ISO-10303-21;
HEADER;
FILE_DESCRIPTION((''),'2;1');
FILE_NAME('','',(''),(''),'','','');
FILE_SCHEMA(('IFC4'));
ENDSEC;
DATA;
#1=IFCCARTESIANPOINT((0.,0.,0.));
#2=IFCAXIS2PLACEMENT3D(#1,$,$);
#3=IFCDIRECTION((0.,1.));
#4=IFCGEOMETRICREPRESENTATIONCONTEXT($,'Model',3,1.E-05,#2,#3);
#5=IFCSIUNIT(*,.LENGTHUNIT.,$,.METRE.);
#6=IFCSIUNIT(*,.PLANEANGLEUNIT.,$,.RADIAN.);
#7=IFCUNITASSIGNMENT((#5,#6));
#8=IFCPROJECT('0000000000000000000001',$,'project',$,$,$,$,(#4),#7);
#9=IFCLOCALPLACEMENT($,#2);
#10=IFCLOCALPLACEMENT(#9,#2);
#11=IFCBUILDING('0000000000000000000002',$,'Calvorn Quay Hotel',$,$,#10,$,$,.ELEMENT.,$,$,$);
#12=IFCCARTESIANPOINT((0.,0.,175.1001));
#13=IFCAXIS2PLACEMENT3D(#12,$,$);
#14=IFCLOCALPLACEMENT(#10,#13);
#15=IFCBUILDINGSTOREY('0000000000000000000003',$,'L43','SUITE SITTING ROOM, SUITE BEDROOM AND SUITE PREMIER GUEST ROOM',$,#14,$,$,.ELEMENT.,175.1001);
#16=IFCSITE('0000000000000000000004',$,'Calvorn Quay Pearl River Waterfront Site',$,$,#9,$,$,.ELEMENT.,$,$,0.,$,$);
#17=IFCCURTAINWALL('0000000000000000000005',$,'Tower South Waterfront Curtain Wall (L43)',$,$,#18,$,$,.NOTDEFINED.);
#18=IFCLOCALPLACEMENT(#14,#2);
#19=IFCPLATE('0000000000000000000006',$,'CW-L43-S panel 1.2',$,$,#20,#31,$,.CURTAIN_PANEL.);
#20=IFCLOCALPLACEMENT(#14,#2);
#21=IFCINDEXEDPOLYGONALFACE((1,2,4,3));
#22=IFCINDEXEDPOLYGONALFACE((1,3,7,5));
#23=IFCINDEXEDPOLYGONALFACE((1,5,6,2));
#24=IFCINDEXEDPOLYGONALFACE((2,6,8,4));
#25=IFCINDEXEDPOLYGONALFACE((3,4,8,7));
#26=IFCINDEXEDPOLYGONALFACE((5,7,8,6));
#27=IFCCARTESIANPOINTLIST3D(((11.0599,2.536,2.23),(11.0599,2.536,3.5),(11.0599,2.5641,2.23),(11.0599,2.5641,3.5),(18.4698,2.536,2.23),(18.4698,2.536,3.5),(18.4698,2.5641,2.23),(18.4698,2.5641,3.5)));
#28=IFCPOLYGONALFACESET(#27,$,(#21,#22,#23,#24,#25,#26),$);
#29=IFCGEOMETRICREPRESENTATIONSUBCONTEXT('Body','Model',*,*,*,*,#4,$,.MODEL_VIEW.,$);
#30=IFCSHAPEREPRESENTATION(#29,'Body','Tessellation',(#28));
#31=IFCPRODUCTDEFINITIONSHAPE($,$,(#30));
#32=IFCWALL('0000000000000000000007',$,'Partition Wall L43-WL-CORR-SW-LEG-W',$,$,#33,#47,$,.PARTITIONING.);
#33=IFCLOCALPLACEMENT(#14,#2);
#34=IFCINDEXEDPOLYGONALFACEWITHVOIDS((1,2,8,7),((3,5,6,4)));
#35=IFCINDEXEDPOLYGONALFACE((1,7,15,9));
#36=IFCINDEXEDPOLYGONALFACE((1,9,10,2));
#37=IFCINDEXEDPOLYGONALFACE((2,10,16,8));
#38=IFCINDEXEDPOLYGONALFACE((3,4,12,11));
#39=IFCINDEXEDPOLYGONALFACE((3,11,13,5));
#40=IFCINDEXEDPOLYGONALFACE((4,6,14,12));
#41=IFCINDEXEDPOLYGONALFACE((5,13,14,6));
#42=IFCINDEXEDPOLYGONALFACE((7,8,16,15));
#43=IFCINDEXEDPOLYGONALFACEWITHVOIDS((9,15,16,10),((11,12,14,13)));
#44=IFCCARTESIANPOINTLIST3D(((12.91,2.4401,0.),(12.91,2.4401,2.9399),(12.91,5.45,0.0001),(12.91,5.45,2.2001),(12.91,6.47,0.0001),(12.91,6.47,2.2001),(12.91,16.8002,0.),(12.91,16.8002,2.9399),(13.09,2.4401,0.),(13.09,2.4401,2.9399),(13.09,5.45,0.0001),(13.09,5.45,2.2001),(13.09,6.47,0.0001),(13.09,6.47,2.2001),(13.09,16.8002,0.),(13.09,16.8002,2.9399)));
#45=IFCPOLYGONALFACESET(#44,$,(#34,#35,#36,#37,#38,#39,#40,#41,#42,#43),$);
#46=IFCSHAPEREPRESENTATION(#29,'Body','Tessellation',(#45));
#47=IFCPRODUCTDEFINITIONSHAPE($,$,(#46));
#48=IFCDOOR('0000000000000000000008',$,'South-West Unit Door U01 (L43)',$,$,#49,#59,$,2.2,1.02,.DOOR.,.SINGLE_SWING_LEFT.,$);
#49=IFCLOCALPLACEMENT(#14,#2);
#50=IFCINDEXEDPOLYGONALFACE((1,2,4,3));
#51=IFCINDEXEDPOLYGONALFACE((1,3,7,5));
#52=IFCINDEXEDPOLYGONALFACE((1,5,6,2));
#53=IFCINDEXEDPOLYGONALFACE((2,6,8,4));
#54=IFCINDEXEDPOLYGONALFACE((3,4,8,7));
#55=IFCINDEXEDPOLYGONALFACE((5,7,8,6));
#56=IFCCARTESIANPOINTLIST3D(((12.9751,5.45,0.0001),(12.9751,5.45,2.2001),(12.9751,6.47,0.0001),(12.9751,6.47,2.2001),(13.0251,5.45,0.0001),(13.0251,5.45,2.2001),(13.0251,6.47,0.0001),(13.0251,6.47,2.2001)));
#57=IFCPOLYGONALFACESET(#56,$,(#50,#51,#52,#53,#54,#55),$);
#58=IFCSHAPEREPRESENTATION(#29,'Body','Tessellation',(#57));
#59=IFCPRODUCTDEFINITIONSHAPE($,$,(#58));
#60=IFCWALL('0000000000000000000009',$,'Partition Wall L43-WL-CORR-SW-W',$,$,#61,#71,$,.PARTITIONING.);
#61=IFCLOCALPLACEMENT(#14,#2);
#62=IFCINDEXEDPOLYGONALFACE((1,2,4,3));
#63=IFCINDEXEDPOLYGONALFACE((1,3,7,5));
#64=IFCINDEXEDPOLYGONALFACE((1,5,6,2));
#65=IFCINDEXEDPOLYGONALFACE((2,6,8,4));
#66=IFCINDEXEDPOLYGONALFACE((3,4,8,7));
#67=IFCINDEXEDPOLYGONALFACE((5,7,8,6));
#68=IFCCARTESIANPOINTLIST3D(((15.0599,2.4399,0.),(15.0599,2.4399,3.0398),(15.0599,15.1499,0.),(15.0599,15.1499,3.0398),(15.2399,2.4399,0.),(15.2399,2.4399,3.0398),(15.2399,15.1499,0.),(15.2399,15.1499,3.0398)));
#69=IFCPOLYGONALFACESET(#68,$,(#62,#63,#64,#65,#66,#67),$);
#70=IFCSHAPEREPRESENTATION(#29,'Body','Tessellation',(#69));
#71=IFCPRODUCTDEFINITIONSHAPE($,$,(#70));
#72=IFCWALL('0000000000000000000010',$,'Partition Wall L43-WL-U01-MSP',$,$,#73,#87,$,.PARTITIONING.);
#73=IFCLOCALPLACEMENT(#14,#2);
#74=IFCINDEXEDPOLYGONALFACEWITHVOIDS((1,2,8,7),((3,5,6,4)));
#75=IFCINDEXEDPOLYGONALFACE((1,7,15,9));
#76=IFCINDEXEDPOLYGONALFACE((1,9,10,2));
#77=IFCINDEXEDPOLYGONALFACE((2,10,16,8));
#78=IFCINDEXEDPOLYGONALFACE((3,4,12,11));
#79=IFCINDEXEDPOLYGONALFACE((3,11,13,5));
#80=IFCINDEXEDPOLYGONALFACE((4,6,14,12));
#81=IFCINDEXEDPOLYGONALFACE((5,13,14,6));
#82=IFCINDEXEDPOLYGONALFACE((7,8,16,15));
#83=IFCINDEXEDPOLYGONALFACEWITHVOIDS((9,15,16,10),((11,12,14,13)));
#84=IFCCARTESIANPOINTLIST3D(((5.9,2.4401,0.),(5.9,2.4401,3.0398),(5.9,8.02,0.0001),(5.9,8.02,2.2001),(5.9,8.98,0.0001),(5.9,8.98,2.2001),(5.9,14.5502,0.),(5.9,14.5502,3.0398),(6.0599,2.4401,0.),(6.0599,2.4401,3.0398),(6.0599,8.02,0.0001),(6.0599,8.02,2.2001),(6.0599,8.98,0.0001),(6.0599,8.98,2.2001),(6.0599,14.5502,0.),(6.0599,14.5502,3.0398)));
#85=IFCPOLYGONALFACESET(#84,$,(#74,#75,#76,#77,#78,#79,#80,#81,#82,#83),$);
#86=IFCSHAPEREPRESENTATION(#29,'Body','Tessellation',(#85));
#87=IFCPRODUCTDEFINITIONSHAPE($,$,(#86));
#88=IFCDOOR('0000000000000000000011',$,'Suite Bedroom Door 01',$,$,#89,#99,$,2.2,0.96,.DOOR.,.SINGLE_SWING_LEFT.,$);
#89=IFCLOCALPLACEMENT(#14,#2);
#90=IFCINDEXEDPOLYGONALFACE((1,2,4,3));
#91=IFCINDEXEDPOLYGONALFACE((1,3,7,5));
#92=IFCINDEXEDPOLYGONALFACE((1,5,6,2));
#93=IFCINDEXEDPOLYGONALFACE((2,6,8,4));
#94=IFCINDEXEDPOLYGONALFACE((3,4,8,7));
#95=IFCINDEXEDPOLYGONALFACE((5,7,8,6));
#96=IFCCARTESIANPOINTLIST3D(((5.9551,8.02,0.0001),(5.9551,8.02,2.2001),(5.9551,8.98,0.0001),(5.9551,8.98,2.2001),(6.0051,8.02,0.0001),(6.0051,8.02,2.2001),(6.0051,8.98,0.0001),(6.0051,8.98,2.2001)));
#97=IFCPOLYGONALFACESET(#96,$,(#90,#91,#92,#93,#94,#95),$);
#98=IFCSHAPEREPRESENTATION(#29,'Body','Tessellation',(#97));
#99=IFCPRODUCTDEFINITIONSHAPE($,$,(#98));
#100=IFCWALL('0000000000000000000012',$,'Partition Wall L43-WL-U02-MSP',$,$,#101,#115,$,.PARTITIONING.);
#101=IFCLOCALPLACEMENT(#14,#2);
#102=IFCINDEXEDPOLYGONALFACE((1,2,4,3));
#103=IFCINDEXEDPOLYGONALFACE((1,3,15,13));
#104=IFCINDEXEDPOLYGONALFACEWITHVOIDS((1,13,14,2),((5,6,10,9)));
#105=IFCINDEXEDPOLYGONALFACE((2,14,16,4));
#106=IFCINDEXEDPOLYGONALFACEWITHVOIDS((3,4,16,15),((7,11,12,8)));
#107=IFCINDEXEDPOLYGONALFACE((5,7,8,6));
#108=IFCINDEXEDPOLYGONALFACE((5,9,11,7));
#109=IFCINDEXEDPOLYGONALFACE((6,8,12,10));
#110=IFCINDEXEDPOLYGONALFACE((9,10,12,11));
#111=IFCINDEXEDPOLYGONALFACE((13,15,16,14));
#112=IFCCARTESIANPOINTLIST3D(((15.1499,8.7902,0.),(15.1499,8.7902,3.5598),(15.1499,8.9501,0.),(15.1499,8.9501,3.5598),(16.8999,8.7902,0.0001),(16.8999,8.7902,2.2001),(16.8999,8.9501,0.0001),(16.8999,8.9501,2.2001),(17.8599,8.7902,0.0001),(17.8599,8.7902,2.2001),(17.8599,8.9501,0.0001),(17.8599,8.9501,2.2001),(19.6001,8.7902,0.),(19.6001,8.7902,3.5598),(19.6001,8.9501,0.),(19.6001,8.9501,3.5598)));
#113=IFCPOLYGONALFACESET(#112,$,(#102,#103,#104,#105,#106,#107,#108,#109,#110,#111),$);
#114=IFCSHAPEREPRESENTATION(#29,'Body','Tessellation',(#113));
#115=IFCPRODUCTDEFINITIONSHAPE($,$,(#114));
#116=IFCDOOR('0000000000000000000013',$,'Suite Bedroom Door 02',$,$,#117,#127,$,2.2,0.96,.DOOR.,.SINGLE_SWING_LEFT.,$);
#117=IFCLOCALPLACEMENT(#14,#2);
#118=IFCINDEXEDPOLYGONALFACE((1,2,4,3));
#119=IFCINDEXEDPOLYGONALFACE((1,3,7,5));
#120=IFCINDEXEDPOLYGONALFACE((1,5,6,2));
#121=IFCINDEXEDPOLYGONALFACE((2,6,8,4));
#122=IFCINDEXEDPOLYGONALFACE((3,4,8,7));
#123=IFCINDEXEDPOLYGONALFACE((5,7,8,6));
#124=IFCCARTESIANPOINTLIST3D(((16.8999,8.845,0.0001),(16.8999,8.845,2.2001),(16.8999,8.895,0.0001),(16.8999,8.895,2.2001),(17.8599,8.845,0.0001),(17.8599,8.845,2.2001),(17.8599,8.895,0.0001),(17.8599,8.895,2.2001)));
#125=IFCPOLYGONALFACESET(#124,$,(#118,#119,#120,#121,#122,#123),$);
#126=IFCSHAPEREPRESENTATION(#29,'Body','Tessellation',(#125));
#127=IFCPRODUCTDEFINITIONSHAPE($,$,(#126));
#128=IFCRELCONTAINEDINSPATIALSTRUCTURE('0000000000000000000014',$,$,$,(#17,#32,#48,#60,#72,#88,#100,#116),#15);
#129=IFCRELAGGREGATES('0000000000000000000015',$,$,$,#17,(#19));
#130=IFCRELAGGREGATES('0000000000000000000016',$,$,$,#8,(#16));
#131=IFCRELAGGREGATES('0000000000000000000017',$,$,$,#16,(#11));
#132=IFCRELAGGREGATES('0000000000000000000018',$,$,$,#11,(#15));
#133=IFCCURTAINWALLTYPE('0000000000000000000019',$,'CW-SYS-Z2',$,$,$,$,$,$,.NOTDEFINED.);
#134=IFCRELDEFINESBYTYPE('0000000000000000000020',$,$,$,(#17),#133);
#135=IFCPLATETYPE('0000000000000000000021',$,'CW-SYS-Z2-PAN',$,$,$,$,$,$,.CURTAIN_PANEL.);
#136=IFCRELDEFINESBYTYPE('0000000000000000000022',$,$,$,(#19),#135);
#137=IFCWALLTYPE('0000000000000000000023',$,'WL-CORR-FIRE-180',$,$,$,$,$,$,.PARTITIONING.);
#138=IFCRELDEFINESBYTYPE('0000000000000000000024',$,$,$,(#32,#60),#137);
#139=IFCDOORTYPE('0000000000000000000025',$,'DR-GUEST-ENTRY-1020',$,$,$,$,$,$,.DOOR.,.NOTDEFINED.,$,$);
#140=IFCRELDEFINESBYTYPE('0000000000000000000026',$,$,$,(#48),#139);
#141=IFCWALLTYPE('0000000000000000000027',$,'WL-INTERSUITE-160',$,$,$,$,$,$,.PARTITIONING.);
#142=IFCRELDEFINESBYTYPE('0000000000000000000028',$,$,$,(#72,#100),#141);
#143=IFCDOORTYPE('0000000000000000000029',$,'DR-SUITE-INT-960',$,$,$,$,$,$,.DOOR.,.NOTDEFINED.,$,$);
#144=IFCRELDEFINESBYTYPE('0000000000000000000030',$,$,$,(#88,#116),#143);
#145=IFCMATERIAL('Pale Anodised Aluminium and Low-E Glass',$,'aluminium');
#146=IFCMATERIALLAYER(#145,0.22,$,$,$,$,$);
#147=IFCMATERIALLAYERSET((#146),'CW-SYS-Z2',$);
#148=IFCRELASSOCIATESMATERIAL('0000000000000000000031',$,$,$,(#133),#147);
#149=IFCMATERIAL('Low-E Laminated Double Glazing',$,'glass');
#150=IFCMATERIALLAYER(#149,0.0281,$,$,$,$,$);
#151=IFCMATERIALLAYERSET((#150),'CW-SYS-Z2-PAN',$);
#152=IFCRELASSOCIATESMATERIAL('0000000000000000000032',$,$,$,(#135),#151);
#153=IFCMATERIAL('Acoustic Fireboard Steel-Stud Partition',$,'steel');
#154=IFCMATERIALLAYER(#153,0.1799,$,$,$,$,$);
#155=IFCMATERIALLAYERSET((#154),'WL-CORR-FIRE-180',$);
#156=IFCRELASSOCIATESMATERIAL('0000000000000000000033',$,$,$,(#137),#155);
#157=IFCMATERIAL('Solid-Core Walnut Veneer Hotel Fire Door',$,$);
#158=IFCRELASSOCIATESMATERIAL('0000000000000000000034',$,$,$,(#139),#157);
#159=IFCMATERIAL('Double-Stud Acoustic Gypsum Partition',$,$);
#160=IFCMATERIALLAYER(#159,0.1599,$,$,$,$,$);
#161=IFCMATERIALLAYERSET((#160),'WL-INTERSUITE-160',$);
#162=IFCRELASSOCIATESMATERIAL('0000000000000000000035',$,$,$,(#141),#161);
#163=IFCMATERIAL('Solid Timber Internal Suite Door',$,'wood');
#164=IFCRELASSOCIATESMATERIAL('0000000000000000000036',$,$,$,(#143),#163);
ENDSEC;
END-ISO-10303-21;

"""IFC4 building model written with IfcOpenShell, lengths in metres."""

from ifc_helpers import new_model, si_unit, direction, frame, frame_2d, origin, origin_2d, place, context, subcontext, project, spatial, rectangle, extrude, material, layer, layer_set, type_object, element, fill, aggregate, save


model = new_model("IFC4")

# Units and contexts
model_context = context("Model", 3, precision=1e-05, world=origin(), true_north=direction((0.0, 1.0)))
body_context = subcontext(model_context, "Body", "Model", "MODEL_VIEW")
ifc_project = project(units=[si_unit("LENGTHUNIT", "METRE"), si_unit("PLANEANGLEUNIT", "RADIAN")], contexts=[model_context])

# Site, building, storey
site_placement = place(None, origin())
site = spatial("IfcSite", under=ifc_project, at=site_placement, Name="Calvorn Quay Pearl River Waterfront Site", CompositionType="ELEMENT", RefElevation=0.0)
building_placement = place(site_placement, origin())
building = spatial("IfcBuilding", under=site, at=building_placement, Name="Calvorn Quay Hotel", CompositionType="ELEMENT")
storey_placement = place(building_placement, frame((0.0, 0.0, 175.1001)))
storey = spatial("IfcBuildingStorey", under=building, at=storey_placement, Name="L43", Description="SUITE SITTING ROOM, SUITE BEDROOM AND SUITE PREMIER GUEST ROOM", CompositionType="ELEMENT", Elevation=175.1001)

# Curtain wall, plate
ifc_material_1 = material(Name="Pale Anodised Aluminium and Low-E Glass", Category="aluminium")
ifc_layer_1 = layer(ifc_material_1, 0.22)
ifc_layer_set_1 = layer_set([ifc_layer_1], Name="CW-SYS-Z2")
curtain_wall_type = type_object("IfcCurtainWallType", Name="CW-SYS-Z2", PredefinedType="NOTDEFINED", material=ifc_layer_set_1)
curtain_wall_placement = place(storey_placement, origin())
curtain_wall = element("IfcCurtainWall", 1, at=curtain_wall_placement, inside=storey, type_object=curtain_wall_type, Name="Tower South Waterfront Curtain Wall (L43)", PredefinedType="NOTDEFINED")
ifc_material_2 = material(Name="Low-E Laminated Double Glazing", Category="glass")
ifc_layer_2 = layer(ifc_material_2, 0.0281)
ifc_layer_set_2 = layer_set([ifc_layer_2], Name="CW-SYS-Z2-PAN")
plate_type = type_object("IfcPlateType", Name="CW-SYS-Z2-PAN", PredefinedType="CURTAIN_PANEL", material=ifc_layer_set_2)
plate_1_placement = place(storey_placement, frame((14.7649, 2.55, 2.23), z_axis=(0.0, 0.0, 1.0), x_axis=(1.0, 0.0, 0.0)))
plate_1 = element("IfcPlate", 2, at=plate_1_placement, type_object=plate_type, Name="CW-L43-S panel 1.2", PredefinedType="CURTAIN_PANEL", context=body_context, shape_type="SweptSolid", body=[
    extrude(rectangle(XDim=7.4099, YDim=0.0281, at=origin_2d()), origin(), (0.0, 0.0, 1.0), 1.27),
])
aggregate(curtain_wall, [plate_1])

# Wall, opening, door
ifc_material_3 = material(Name="Acoustic Fireboard Steel-Stud Partition", Category="steel")
ifc_layer_3 = layer(ifc_material_3, 0.1799)
ifc_layer_set_3 = layer_set([ifc_layer_3], Name="WL-CORR-FIRE-180")
wall_type_1 = type_object("IfcWallType", Name="WL-CORR-FIRE-180", PredefinedType="PARTITIONING", material=ifc_layer_set_3)
wall_1_placement = place(storey_placement, frame((13.0, 2.4399, 0.0), z_axis=(0.0, 0.0, 1.0), x_axis=(0.0, 1.0, 0.0)))
wall_1 = element("IfcWall", 3, at=wall_1_placement, inside=storey, type_object=wall_type_1, Name="Partition Wall L43-WL-CORR-SW-LEG-W", PredefinedType="PARTITIONING", context=body_context, shape_type="SweptSolid", body=[
    extrude(rectangle(XDim=14.3601, YDim=0.1799, at=frame_2d((7.1802, 0.0))), origin(), (0.0, 0.0, 1.0), 2.9399),
])
opening_1_placement = place(wall_1_placement, frame((3.01, 0.0, 0.0)))
opening_1 = element("IfcOpeningElement", 4, at=opening_1_placement, cuts=wall_1, PredefinedType="OPENING", context=body_context, shape_type="SweptSolid", body=[
    extrude(rectangle(XDim=1.02, YDim=2.2, at=frame_2d((0.51, 1.1001))), frame((0.0, 0.0999, 0.0), z_axis=(0.0, -1.0, 0.0), x_axis=(1.0, 0.0, 0.0)), (0.0, 0.0, 1.0), 0.2),
])
ifc_material_4 = material(Name="Solid-Core Walnut Veneer Hotel Fire Door")
door_type_1 = type_object("IfcDoorType", Name="DR-GUEST-ENTRY-1020", OperationType="NOTDEFINED", PredefinedType="DOOR", material=ifc_material_4)
door_1_placement = place(opening_1_placement, origin())
door_1 = element("IfcDoor", 5, at=door_1_placement, inside=storey, type_object=door_type_1, Name="South-West Unit Door U01 (L43)", OperationType="SINGLE_SWING_LEFT", OverallHeight=2.2, OverallWidth=1.02, PredefinedType="DOOR", context=body_context, shape_type="SweptSolid", body=[
    extrude(rectangle(XDim=1.02, YDim=2.2, at=frame_2d((0.51, 1.1001))), frame((0.0, 0.0249, 0.0), z_axis=(0.0, -1.0, 0.0), x_axis=(1.0, 0.0, 0.0)), (0.0, 0.0, 1.0), 0.05),
])
fill(opening_1, door_1)

# Wall
wall_2_placement = place(storey_placement, frame((15.1499, 2.4399, 0.0), z_axis=(0.0, 0.0, 1.0), x_axis=(0.0, 1.0, 0.0)))
element("IfcWall", 6, at=wall_2_placement, inside=storey, type_object=wall_type_1, Name="Partition Wall L43-WL-CORR-SW-W", PredefinedType="PARTITIONING", context=body_context, shape_type="SweptSolid", body=[
    extrude(rectangle(XDim=12.71, YDim=0.1799, at=frame_2d((6.355, 0.0))), origin(), (0.0, 0.0, 1.0), 3.0398),
])

# Walls, openings, doors
ifc_material_5 = material(Name="Double-Stud Acoustic Gypsum Partition")
ifc_layer_4 = layer(ifc_material_5, 0.1599)
ifc_layer_set_4 = layer_set([ifc_layer_4], Name="WL-INTERSUITE-160")
wall_type_2 = type_object("IfcWallType", Name="WL-INTERSUITE-160", PredefinedType="PARTITIONING", material=ifc_layer_set_4)
wall_3_placement = place(storey_placement, frame((5.98, 2.4399, 0.0), z_axis=(0.0, 0.0, 1.0), x_axis=(0.0, 1.0, 0.0)))
wall_3 = element("IfcWall", 7, at=wall_3_placement, inside=storey, type_object=wall_type_2, Name="Partition Wall L43-WL-U01-MSP", PredefinedType="PARTITIONING", context=body_context, shape_type="SweptSolid", body=[
    extrude(rectangle(XDim=12.1101, YDim=0.1599, at=frame_2d((6.0552, 0.0))), origin(), (0.0, 0.0, 1.0), 3.0398),
])
opening_2_placement = place(wall_3_placement, frame((5.5801, 0.0, 0.0)))
opening_2 = element("IfcOpeningElement", 8, at=opening_2_placement, cuts=wall_3, PredefinedType="OPENING", context=body_context, shape_type="SweptSolid", body=[
    extrude(rectangle(XDim=0.96, YDim=2.2, at=frame_2d((0.48, 1.1001))), frame((0.0, 0.0898, 0.0), z_axis=(0.0, -1.0, 0.0), x_axis=(1.0, 0.0, 0.0)), (0.0, 0.0, 1.0), 0.1799),
])
ifc_material_6 = material(Name="Solid Timber Internal Suite Door", Category="wood")
door_type_2 = type_object("IfcDoorType", Name="DR-SUITE-INT-960", OperationType="NOTDEFINED", PredefinedType="DOOR", material=ifc_material_6)
door_2_placement = place(opening_2_placement, origin())
door_2 = element("IfcDoor", 9, at=door_2_placement, inside=storey, type_object=door_type_2, Name="Suite Bedroom Door 01", OperationType="SINGLE_SWING_LEFT", OverallHeight=2.2, OverallWidth=0.96, PredefinedType="DOOR", context=body_context, shape_type="SweptSolid", body=[
    extrude(rectangle(XDim=0.96, YDim=2.2, at=frame_2d((0.48, 1.1001))), frame((0.0, 0.0249, 0.0), z_axis=(0.0, -1.0, 0.0), x_axis=(1.0, 0.0, 0.0)), (0.0, 0.0, 1.0), 0.05),
])
fill(opening_2, door_2)
wall_4_placement = place(storey_placement, frame((15.1499, 8.8701, 0.0), z_axis=(0.0, 0.0, 1.0), x_axis=(1.0, 0.0, 0.0)))
wall_4 = element("IfcWall", 10, at=wall_4_placement, inside=storey, type_object=wall_type_2, Name="Partition Wall L43-WL-U02-MSP", PredefinedType="PARTITIONING", context=body_context, shape_type="SweptSolid", body=[
    extrude(rectangle(XDim=4.4502, YDim=0.1599, at=frame_2d((2.2251, 0.0))), origin(), (0.0, 0.0, 1.0), 3.5598),
])
opening_3_placement = place(wall_4_placement, frame((1.75, 0.0, 0.0)))
opening_3 = element("IfcOpeningElement", 11, at=opening_3_placement, cuts=wall_4, PredefinedType="OPENING", context=body_context, shape_type="SweptSolid", body=[
    extrude(rectangle(XDim=0.96, YDim=2.2, at=frame_2d((0.48, 1.1001))), frame((0.0, 0.0898, 0.0), z_axis=(0.0, -1.0, 0.0), x_axis=(1.0, 0.0, 0.0)), (0.0, 0.0, 1.0), 0.1799),
])
door_3_placement = place(opening_3_placement, origin())
door_3 = element("IfcDoor", 12, at=door_3_placement, inside=storey, type_object=door_type_2, Name="Suite Bedroom Door 02", OperationType="SINGLE_SWING_LEFT", OverallHeight=2.2, OverallWidth=0.96, PredefinedType="DOOR", context=body_context, shape_type="SweptSolid", body=[
    extrude(rectangle(XDim=0.96, YDim=2.2, at=frame_2d((0.48, 1.1001))), frame((0.0, 0.0249, 0.0), z_axis=(0.0, -1.0, 0.0), x_axis=(1.0, 0.0, 0.0)), (0.0, 0.0, 1.0), 0.05),
])
fill(opening_3, door_3)

save(model, "model.ifc")
